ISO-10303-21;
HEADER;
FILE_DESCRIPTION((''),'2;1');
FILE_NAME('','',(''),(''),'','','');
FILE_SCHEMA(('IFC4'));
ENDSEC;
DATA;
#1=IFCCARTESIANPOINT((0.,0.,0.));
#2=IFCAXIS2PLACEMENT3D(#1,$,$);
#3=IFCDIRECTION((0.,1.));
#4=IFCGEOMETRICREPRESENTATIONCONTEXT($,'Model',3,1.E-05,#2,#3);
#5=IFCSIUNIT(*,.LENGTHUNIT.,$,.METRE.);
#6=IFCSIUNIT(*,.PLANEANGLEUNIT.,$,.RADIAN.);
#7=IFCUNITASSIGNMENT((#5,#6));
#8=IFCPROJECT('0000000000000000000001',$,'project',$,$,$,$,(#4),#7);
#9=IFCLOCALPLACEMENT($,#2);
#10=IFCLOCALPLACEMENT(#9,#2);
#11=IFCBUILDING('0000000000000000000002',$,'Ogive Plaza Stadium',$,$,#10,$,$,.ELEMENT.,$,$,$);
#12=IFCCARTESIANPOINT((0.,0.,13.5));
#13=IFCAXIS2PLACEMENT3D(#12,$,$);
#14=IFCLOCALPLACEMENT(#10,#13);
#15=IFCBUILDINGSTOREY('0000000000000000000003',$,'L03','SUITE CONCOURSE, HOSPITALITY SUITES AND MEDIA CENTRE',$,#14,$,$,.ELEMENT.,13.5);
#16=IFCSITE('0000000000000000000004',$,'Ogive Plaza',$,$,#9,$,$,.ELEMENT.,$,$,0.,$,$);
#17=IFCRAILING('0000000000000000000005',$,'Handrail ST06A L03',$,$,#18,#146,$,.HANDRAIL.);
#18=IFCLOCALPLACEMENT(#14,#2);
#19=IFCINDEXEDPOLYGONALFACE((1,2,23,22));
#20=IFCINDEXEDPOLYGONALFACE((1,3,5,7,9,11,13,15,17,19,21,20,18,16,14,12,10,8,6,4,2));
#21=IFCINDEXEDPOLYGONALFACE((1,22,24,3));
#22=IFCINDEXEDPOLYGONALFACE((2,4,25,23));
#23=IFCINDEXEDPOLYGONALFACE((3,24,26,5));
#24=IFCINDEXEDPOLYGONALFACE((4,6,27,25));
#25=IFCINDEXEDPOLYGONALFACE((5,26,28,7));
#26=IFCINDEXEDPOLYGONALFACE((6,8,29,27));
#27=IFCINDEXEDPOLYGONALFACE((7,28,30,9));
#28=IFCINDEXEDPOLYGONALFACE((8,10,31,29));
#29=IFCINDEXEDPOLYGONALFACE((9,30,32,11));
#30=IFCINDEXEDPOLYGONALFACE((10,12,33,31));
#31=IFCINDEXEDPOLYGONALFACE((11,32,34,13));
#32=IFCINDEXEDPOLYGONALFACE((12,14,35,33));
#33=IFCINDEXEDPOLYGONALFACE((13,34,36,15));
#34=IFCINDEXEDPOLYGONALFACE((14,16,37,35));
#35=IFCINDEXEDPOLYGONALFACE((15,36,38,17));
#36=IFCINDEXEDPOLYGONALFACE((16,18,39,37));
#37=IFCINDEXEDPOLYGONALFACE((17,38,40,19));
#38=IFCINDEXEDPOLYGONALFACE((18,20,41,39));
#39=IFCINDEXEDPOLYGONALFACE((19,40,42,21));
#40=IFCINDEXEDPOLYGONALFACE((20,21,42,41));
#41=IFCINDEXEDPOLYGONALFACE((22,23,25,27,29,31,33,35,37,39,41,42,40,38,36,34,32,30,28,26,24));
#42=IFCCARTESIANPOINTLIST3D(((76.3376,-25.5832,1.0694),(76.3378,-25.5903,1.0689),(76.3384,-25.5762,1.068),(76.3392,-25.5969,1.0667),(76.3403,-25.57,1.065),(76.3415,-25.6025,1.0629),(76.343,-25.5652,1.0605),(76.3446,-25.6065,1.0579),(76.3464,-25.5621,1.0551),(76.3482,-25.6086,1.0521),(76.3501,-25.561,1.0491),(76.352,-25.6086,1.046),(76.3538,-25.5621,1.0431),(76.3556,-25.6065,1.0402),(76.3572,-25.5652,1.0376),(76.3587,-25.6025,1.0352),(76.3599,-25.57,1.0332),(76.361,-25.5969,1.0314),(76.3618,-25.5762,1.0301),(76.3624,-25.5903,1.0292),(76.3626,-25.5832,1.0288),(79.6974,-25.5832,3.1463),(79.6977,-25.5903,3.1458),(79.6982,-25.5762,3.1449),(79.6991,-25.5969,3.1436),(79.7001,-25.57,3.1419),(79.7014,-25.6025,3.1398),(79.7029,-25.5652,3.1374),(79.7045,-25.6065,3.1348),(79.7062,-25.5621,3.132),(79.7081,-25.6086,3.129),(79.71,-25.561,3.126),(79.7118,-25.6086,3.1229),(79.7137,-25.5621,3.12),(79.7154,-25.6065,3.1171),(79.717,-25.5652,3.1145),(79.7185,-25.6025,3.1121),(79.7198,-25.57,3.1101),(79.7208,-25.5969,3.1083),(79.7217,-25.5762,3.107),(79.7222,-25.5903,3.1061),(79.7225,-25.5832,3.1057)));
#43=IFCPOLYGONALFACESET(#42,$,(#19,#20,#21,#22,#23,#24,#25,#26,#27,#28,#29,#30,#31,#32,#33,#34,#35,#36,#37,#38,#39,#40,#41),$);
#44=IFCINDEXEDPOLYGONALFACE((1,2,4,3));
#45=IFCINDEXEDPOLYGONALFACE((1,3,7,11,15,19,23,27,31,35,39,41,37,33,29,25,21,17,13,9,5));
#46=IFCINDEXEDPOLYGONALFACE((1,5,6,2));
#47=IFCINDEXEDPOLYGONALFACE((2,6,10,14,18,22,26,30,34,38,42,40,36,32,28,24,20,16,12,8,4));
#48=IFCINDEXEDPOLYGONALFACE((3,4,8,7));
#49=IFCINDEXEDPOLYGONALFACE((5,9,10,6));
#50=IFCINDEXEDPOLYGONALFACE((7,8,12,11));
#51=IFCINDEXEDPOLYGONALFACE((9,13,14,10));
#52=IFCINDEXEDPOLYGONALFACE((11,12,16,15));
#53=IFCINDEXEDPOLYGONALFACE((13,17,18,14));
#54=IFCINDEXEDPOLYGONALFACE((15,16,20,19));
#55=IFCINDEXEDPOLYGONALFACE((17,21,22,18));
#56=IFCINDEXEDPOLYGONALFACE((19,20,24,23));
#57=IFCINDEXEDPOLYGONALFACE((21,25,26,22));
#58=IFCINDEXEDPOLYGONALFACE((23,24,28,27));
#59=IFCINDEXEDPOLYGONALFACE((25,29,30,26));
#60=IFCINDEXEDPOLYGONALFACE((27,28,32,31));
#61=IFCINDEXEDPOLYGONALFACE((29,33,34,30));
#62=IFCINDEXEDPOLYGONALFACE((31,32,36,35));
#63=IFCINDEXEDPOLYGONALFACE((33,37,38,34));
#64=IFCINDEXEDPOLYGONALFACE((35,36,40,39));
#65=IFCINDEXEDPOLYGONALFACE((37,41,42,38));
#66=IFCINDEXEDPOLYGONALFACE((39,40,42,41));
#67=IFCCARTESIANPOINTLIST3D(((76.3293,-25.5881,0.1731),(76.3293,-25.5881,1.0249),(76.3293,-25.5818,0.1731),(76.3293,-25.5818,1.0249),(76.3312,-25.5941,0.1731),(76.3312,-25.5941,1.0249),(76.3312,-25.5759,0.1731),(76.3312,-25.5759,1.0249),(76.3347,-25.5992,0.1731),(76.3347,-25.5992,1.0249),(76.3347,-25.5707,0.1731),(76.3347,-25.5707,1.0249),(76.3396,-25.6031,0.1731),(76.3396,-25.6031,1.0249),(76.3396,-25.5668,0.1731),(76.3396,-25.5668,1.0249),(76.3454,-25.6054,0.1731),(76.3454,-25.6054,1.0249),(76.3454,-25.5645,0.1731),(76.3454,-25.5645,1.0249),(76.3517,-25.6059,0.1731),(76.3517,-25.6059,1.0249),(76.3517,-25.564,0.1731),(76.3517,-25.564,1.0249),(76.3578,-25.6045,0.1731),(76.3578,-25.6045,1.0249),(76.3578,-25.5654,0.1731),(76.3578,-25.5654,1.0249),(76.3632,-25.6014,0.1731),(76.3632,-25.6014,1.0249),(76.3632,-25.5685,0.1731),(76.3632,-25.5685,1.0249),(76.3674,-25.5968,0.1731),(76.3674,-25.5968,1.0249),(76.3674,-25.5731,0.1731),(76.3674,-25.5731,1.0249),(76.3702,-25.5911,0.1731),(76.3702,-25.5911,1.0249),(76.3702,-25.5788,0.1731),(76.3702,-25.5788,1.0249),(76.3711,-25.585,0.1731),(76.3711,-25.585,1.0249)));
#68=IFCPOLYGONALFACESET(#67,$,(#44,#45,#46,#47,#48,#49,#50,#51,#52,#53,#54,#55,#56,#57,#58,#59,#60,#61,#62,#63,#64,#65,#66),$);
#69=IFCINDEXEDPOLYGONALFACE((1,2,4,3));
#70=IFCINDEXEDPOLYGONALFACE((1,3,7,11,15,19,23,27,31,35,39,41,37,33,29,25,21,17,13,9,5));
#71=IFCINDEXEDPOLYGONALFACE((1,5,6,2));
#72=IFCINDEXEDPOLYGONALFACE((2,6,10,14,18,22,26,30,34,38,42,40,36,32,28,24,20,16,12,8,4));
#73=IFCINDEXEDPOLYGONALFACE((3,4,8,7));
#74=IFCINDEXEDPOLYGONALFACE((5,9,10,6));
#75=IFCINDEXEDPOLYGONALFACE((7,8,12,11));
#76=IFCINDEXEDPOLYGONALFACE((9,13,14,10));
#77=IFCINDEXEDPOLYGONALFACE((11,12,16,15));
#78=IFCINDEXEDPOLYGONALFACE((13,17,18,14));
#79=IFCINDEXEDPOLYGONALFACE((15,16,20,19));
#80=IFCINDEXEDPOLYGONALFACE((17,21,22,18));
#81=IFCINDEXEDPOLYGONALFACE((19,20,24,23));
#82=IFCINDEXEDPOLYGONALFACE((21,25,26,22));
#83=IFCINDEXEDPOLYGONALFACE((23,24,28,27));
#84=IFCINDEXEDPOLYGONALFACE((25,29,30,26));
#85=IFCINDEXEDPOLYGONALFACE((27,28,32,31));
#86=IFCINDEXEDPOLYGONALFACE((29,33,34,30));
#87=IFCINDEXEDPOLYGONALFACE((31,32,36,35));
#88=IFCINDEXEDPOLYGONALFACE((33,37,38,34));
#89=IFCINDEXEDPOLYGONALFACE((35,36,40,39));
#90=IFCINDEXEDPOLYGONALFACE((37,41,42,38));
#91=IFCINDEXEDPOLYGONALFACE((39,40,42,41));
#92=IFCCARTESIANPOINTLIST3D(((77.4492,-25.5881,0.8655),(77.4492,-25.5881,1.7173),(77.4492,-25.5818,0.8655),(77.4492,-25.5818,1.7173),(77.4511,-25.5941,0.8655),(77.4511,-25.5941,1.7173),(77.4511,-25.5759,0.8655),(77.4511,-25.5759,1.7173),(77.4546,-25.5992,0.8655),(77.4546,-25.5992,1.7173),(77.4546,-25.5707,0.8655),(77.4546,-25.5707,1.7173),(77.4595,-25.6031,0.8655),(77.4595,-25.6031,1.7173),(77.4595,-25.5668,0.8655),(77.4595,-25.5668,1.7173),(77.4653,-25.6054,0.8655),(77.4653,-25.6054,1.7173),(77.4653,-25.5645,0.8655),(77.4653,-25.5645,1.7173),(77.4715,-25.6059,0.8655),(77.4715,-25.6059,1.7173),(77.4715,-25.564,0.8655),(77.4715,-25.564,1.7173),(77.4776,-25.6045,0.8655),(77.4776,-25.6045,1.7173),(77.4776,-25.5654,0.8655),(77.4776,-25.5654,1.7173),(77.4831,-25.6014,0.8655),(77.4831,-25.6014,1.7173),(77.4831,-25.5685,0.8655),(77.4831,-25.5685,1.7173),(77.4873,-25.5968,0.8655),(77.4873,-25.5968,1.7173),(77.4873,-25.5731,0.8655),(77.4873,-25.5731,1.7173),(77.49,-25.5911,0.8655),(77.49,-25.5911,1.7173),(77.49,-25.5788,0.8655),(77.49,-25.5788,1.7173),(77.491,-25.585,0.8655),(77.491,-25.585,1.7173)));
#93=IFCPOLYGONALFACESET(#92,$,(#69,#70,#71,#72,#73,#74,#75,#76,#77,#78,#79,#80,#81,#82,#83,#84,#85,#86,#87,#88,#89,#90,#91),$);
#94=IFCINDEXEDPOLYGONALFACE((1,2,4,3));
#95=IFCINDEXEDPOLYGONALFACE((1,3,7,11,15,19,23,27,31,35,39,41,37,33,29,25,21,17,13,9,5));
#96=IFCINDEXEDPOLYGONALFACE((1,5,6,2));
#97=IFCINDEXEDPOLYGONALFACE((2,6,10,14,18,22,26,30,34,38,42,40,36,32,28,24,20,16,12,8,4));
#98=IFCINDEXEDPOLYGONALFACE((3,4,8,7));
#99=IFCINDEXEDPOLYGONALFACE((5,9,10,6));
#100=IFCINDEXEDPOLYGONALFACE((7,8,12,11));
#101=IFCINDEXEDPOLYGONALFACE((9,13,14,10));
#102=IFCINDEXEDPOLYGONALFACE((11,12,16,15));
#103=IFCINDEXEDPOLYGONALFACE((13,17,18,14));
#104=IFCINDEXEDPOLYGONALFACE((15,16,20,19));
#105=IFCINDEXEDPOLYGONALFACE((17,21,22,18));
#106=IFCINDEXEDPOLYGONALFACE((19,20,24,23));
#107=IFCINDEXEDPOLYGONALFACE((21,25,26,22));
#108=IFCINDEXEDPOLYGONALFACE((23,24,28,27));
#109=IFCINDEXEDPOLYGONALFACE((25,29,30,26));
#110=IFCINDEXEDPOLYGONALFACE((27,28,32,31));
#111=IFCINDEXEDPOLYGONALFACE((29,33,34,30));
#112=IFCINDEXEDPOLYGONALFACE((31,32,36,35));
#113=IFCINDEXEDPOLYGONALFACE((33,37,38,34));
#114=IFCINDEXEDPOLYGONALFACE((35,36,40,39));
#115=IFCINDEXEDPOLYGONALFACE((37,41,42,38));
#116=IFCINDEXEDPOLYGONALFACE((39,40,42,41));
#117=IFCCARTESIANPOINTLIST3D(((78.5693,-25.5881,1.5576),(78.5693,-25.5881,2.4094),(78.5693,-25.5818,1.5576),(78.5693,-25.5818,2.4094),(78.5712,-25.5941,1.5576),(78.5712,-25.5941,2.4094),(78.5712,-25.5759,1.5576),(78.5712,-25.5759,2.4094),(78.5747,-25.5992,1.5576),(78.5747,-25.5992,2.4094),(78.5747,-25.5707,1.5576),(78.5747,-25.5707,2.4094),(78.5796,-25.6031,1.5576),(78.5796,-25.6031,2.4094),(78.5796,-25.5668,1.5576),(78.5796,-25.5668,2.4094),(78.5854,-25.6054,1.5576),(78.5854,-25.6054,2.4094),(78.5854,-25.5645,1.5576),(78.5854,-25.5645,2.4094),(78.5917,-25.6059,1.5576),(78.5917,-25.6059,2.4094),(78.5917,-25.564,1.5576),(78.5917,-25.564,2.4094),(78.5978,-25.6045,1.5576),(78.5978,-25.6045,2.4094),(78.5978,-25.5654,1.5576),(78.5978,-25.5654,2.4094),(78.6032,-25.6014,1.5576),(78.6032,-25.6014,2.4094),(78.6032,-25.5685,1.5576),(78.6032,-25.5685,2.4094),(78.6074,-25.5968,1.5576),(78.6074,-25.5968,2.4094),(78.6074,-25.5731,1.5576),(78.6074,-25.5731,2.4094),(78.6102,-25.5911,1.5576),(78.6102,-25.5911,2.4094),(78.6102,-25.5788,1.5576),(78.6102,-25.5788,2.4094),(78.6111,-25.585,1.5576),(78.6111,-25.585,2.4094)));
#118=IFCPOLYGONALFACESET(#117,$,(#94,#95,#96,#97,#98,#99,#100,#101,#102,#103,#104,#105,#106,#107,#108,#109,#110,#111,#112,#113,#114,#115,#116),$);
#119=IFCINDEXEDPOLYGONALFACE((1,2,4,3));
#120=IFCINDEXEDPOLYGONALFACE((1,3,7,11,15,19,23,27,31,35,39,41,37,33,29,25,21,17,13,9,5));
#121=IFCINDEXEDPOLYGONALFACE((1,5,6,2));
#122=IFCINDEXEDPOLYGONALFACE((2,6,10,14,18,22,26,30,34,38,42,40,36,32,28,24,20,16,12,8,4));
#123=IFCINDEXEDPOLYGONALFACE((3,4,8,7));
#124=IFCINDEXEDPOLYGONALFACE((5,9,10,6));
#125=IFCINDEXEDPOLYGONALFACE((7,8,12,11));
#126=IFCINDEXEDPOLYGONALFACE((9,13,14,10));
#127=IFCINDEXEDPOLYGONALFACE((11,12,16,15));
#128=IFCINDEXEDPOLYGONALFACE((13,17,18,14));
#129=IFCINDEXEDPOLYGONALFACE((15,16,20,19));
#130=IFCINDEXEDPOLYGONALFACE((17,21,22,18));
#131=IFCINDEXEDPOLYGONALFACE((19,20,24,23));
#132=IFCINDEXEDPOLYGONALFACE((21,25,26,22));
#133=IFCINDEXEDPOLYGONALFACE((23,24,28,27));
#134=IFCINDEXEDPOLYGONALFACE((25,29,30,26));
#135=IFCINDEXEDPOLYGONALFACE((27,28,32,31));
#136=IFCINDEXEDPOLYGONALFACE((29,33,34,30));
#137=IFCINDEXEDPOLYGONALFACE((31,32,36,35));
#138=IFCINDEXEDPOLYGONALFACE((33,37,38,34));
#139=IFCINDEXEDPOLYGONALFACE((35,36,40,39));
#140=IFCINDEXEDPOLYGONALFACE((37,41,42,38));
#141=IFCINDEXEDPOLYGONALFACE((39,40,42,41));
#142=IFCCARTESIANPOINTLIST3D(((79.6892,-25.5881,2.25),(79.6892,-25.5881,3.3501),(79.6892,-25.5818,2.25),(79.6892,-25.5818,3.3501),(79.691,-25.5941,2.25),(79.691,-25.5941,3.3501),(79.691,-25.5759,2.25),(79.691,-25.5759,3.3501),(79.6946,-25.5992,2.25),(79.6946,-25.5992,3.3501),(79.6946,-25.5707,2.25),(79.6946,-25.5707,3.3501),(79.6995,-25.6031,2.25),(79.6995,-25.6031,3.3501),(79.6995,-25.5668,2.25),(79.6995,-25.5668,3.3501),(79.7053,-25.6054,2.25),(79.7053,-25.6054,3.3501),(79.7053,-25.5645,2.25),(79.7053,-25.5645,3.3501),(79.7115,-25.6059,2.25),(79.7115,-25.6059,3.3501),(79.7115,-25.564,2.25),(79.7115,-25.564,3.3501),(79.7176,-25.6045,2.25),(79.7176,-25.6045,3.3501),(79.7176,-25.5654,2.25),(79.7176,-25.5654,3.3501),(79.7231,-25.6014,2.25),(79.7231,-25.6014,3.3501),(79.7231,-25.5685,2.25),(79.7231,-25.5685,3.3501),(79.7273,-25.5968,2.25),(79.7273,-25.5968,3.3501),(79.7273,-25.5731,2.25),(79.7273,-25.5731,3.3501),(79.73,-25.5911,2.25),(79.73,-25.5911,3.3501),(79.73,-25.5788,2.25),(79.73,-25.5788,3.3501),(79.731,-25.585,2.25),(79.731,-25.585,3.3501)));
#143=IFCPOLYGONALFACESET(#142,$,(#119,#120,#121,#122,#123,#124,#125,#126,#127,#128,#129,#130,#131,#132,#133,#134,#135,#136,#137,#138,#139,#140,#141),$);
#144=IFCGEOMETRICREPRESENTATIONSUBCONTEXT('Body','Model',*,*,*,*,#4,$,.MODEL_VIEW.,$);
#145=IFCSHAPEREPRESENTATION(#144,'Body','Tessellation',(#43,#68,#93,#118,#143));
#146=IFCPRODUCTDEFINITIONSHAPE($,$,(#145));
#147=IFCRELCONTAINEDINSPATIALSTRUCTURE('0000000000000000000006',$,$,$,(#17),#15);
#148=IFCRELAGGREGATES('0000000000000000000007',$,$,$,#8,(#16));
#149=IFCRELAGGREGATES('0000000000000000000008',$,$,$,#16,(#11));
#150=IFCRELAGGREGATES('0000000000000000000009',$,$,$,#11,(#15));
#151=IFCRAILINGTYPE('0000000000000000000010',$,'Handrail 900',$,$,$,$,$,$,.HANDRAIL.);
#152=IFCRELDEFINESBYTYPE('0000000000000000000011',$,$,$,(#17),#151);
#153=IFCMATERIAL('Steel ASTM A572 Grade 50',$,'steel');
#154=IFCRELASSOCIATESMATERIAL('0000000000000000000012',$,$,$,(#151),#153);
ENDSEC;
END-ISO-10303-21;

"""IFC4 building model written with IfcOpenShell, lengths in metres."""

from ifc_helpers import new_model, si_unit, direction, frame, origin, origin_2d, place, context, subcontext, project, spatial, circle, extrude, material, type_object, element, save


model = new_model("IFC4")

# Units and contexts
model_context = context("Model", 3, precision=1e-05, world=origin(), true_north=direction((0.0, 1.0)))
body_context = subcontext(model_context, "Body", "Model", "MODEL_VIEW")
ifc_project = project(units=[si_unit("LENGTHUNIT", "METRE"), si_unit("PLANEANGLEUNIT", "RADIAN")], contexts=[model_context])

# Site, building, storey
site_placement = place(None, origin())
site = spatial("IfcSite", under=ifc_project, at=site_placement, Name="Ogive Plaza", CompositionType="ELEMENT", RefElevation=0.0)
building_placement = place(site_placement, origin())
building = spatial("IfcBuilding", under=site, at=building_placement, Name="Ogive Plaza Stadium", CompositionType="ELEMENT")
storey_placement = place(building_placement, frame((0.0, 0.0, 13.5)))
storey = spatial("IfcBuildingStorey", under=building, at=storey_placement, Name="L03", Description="SUITE CONCOURSE, HOSPITALITY SUITES AND MEDIA CENTRE", CompositionType="ELEMENT", Elevation=13.5)

# Railing
ifc_material_1 = material(Name="Steel ASTM A572 Grade 50", Category="steel")
railing_type_1 = type_object("IfcRailingType", Name="Handrail 900", PredefinedType="HANDRAIL", material=ifc_material_1)
for number, where, name in (
    (1, (76.3501, -25.585, 0.1731), "Handrail ST06A L03"),
):
    element("IfcRailing", number, at=place(storey_placement, frame(where)), inside=storey, type_object=railing_type_1, Name=name, PredefinedType="HANDRAIL", context=body_context, shape_type="SweptSolid", body=[
        extrude(circle(Radius=0.0239, at=origin_2d()), frame((0.0, 0.0, 0.876), z_axis=(0.850606, 0.0, 0.525803), x_axis=(0.0, 1.0, 0.0)), (0.0, 0.0, 1.0), 3.95),
        extrude(circle(Radius=0.021, at=origin_2d()), origin(), (0.0, 0.0, 1.0), 0.8518),
        extrude(circle(Radius=0.021, at=origin_2d()), frame((1.1199, 0.0, 0.6924)), (0.0, 0.0, 1.0), 0.8518),
        extrude(circle(Radius=0.021, at=origin_2d()), frame((2.24, 0.0, 1.3845)), (0.0, 0.0, 1.0), 0.8518),
        extrude(circle(Radius=0.021, at=origin_2d()), frame((3.3599, 0.0, 2.0769)), (0.0, 0.0, 1.0), 1.1001),
    ])

save(model, "model.ifc")
